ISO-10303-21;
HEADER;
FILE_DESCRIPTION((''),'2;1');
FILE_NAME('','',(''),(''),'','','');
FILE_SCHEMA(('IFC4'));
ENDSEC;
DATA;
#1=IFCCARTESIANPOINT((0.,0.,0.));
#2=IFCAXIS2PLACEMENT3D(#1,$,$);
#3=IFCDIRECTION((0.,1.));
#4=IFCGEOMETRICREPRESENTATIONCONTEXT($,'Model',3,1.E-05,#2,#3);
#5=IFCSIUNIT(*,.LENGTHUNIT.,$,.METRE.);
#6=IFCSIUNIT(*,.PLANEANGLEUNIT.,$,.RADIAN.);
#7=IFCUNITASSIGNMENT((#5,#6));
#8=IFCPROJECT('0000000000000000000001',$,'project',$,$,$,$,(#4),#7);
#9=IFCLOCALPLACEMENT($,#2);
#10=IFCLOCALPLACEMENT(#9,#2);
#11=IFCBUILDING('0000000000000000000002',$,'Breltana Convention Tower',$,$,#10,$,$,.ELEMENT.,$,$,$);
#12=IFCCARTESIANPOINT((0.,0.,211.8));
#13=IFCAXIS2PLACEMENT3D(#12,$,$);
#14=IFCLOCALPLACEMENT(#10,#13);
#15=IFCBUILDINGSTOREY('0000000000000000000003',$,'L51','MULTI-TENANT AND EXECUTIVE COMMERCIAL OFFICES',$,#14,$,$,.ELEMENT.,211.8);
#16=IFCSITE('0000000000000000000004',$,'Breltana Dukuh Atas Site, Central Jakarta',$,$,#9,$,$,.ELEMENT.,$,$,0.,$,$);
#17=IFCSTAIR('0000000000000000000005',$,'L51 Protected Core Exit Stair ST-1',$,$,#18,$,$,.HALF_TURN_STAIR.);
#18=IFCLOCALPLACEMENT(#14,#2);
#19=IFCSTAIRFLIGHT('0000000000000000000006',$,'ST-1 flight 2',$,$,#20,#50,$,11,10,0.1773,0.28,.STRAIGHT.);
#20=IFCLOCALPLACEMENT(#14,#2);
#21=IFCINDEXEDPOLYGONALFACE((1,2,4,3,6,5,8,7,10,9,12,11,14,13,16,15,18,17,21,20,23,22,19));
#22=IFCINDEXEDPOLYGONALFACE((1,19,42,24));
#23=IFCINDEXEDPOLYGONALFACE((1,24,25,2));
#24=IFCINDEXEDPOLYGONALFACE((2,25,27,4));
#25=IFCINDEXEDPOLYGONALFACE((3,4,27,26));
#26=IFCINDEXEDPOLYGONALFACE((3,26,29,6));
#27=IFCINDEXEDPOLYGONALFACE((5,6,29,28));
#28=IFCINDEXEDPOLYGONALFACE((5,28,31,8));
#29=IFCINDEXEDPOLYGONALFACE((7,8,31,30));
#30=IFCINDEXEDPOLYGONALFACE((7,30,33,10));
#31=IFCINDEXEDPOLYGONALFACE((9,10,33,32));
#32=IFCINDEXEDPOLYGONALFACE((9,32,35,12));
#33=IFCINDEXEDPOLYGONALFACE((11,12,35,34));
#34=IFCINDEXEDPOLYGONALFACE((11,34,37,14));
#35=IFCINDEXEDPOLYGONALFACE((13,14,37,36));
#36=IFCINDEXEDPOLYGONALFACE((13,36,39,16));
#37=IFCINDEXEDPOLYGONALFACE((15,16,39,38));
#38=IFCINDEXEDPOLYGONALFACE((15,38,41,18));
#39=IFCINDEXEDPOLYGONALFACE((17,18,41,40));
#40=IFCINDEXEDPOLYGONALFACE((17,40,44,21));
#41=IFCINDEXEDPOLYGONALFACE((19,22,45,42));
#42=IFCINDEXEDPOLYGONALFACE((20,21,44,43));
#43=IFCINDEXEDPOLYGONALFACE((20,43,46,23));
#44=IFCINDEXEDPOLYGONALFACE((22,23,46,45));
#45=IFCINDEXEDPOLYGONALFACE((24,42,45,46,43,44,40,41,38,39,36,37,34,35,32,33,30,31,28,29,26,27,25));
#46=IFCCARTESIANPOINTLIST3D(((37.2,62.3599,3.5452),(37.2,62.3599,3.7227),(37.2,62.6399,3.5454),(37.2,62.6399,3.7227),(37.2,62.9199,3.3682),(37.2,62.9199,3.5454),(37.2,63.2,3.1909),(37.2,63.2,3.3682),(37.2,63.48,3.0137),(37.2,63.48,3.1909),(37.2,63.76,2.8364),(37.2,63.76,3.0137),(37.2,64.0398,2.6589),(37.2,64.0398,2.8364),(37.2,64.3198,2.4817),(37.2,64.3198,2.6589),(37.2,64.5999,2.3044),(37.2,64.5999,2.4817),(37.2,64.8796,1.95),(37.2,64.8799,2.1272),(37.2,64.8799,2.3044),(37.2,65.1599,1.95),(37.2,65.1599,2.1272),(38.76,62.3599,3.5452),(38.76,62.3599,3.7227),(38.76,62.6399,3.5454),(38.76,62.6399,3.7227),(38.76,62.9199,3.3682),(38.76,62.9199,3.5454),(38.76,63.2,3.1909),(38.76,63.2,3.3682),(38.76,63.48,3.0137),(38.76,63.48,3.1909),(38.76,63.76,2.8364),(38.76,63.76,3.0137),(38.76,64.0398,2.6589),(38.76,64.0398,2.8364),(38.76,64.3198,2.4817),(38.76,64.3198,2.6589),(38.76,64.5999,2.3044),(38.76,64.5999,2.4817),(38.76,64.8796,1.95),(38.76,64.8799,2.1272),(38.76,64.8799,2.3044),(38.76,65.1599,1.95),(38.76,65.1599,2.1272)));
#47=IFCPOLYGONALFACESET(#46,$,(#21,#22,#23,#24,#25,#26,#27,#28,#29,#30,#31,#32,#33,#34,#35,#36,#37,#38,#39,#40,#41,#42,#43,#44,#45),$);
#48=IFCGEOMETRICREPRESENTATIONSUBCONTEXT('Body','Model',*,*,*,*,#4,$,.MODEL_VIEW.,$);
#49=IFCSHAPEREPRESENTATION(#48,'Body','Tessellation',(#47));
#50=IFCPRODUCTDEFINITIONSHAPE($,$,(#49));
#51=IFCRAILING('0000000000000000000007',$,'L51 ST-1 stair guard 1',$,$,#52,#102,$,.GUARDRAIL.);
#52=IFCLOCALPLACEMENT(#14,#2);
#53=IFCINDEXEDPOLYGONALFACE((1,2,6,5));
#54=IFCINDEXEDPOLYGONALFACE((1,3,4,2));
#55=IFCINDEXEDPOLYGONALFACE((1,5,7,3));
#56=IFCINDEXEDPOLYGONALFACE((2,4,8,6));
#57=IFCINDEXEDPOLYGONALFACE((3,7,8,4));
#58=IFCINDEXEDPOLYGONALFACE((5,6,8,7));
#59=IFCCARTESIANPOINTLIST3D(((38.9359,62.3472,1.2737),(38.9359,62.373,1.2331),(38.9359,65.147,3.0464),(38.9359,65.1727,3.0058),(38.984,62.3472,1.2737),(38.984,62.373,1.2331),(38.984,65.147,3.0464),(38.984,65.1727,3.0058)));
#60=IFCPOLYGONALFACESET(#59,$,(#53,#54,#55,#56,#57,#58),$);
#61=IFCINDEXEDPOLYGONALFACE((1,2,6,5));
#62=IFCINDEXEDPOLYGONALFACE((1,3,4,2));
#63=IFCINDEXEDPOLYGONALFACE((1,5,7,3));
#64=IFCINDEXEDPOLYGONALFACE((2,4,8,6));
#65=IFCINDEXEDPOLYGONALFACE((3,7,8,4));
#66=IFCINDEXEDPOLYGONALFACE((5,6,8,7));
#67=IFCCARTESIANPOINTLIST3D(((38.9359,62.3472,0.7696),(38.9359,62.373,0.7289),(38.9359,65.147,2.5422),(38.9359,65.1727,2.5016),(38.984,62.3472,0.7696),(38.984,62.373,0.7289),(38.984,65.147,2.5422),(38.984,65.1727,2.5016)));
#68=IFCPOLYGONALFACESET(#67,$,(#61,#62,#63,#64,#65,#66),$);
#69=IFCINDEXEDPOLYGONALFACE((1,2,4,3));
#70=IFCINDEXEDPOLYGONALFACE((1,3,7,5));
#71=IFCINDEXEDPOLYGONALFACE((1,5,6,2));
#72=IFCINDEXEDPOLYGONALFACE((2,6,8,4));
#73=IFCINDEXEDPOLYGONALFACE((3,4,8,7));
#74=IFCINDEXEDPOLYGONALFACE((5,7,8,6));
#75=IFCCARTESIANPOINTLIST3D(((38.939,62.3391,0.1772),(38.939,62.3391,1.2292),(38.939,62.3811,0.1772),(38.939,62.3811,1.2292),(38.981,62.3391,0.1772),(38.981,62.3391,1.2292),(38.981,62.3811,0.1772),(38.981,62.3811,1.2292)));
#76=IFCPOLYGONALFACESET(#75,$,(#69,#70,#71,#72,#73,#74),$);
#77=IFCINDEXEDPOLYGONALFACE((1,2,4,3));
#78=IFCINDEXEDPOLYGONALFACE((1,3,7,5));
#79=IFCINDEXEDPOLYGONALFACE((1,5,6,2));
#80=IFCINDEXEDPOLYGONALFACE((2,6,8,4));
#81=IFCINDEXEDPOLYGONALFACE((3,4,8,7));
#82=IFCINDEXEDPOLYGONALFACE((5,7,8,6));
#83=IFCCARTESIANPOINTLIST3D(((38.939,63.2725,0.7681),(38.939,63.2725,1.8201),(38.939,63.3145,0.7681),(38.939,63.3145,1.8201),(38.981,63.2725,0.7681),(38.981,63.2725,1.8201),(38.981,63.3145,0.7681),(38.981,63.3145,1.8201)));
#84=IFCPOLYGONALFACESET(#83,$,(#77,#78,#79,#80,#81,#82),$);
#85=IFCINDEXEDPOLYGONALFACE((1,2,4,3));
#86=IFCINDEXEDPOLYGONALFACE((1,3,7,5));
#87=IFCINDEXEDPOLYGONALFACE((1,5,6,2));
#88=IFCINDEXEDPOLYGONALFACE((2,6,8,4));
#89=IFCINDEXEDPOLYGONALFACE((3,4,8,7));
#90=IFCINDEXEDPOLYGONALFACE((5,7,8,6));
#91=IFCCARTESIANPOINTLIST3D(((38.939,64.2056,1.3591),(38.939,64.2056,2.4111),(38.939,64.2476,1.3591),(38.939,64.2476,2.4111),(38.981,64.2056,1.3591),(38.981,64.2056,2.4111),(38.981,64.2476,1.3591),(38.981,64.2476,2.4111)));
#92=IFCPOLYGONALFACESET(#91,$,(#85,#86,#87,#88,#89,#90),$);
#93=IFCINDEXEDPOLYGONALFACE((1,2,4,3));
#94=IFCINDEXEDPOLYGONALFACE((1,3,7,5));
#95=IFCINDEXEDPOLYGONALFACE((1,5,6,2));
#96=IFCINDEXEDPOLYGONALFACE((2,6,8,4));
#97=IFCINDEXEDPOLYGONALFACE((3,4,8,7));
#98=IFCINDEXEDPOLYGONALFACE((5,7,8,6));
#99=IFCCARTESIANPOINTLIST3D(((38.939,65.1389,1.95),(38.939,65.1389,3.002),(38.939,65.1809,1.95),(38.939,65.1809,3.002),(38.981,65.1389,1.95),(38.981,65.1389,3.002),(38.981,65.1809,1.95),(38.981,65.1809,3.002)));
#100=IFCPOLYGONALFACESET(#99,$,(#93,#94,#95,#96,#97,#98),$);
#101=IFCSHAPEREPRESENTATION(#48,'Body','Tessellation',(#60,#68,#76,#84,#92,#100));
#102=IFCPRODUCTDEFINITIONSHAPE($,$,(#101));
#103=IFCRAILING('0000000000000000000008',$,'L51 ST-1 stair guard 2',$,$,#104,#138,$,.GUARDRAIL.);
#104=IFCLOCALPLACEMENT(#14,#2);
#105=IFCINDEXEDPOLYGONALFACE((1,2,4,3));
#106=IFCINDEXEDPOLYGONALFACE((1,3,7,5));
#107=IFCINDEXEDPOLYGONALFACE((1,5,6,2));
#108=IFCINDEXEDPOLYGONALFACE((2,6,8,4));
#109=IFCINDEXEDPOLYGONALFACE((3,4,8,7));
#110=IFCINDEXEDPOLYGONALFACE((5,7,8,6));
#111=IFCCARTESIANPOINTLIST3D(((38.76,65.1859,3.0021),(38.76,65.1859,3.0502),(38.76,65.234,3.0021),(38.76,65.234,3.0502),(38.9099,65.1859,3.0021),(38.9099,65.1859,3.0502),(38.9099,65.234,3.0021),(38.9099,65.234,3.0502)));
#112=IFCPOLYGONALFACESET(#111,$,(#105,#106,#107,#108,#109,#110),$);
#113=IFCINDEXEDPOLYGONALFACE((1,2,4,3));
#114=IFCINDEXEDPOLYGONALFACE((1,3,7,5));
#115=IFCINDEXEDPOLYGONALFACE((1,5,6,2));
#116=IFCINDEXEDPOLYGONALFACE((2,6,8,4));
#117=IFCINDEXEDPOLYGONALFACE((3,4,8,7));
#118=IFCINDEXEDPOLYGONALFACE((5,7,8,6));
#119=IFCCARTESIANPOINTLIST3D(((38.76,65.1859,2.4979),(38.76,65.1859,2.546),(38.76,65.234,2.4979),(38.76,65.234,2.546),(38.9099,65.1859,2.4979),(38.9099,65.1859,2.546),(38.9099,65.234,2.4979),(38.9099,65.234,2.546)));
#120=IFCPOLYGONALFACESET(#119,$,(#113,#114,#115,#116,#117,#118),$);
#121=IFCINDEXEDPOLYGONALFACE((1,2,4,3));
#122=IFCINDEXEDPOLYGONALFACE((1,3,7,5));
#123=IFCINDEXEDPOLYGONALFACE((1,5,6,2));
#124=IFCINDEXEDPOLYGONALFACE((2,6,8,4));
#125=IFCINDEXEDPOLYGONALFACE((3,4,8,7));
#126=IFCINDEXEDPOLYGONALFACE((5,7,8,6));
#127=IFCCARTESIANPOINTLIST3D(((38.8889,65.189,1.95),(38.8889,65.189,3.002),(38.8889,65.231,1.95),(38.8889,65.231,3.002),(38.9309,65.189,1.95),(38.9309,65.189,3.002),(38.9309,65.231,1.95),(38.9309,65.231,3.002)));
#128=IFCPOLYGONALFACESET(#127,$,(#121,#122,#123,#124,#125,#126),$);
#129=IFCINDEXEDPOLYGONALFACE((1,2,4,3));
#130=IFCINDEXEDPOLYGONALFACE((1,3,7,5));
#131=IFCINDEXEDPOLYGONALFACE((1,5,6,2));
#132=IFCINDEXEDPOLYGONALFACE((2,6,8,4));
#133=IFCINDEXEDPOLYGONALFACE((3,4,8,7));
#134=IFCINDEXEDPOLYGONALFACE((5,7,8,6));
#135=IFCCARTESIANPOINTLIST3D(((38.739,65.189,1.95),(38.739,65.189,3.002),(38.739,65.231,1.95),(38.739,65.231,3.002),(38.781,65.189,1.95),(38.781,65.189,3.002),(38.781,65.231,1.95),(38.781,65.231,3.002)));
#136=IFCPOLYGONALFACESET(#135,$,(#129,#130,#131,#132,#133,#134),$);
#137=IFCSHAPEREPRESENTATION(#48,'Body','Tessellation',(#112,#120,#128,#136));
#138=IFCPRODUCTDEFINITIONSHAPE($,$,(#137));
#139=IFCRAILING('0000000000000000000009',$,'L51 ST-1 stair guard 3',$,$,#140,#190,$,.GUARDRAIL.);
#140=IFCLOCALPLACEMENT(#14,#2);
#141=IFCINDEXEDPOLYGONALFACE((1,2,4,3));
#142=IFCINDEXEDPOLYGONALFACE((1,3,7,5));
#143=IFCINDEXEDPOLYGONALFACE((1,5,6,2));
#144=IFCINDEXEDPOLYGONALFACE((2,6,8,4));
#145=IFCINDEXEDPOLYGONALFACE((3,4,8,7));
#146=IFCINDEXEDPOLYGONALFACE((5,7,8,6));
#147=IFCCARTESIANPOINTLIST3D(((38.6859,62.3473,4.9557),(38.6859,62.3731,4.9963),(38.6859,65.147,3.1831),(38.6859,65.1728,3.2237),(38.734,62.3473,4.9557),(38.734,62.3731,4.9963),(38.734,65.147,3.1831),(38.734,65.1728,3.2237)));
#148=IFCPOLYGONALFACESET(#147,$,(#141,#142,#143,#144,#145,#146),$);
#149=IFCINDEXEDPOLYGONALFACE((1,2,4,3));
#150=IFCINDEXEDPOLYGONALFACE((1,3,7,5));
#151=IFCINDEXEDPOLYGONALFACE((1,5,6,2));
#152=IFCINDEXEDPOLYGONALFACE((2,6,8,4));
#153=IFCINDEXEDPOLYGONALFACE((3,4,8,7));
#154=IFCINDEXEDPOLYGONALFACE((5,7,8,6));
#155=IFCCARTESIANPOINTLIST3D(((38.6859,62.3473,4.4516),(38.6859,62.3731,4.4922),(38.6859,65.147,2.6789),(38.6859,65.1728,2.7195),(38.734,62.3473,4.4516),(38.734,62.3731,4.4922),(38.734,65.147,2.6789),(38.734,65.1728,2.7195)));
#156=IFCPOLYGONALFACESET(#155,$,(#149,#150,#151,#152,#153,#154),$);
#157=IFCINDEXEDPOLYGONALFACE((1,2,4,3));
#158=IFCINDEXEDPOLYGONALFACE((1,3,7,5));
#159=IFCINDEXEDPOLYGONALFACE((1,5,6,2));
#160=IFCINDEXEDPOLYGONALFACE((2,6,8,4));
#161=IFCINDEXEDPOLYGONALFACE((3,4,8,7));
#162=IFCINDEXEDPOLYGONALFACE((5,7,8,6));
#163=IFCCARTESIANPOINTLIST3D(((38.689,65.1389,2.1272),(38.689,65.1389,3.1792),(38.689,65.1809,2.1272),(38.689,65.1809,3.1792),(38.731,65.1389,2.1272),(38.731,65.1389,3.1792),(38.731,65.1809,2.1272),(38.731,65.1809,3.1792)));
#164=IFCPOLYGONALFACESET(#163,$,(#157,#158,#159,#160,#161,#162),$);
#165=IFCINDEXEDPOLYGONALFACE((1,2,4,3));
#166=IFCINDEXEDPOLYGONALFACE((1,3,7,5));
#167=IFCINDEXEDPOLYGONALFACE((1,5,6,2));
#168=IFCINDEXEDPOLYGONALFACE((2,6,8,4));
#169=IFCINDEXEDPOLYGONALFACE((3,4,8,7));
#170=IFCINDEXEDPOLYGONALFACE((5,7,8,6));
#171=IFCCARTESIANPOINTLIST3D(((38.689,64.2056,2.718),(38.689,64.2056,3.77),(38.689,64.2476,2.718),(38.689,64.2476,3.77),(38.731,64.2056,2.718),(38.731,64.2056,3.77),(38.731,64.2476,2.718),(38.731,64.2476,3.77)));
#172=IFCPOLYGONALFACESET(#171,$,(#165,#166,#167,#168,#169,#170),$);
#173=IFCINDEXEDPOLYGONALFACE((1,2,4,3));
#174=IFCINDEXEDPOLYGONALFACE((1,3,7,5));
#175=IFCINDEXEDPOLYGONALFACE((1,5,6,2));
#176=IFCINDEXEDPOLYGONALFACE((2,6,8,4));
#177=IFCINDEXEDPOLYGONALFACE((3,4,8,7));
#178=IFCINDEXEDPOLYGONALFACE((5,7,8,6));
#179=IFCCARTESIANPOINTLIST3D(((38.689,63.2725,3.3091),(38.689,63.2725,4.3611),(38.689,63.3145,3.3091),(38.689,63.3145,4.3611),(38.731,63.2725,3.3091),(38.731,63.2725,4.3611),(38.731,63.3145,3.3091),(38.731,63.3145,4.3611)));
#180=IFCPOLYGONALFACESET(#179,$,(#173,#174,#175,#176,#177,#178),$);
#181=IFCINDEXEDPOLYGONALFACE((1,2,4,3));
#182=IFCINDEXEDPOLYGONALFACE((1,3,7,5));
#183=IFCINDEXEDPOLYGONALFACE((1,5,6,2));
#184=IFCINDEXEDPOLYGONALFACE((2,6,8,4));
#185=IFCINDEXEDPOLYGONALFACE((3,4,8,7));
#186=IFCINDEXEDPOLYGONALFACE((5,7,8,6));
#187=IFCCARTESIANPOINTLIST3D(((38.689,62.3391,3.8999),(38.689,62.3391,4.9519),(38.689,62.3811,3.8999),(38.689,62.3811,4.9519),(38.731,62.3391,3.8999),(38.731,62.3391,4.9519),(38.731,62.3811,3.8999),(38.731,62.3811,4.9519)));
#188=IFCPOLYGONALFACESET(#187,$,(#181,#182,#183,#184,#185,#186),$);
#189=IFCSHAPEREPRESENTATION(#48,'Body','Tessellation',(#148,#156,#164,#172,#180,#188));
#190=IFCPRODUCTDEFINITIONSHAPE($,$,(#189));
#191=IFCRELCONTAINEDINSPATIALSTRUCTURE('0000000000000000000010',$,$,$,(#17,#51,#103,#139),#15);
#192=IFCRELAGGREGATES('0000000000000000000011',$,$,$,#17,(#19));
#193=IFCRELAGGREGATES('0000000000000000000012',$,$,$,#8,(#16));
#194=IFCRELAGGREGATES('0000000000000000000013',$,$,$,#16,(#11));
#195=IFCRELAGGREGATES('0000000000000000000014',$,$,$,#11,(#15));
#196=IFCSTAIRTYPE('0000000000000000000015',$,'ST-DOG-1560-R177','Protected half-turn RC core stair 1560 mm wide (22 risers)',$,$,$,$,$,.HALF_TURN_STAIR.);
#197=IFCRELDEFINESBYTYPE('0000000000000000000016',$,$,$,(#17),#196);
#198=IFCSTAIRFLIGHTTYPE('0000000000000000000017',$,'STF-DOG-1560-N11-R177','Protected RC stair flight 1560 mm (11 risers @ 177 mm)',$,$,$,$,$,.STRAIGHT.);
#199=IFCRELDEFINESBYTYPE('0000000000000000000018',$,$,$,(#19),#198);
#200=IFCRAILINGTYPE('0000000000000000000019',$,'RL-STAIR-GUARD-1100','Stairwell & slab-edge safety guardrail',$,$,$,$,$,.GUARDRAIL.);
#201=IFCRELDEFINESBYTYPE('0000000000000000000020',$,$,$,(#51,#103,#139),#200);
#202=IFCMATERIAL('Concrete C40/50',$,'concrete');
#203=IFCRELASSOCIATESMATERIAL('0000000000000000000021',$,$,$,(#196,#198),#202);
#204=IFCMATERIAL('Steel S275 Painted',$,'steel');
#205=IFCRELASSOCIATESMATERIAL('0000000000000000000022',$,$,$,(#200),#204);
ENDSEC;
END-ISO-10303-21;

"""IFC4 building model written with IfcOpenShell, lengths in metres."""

from ifc_helpers import new_model, si_unit, direction, frame, origin, origin_2d, place, context, subcontext, project, spatial, polyline, rectangle, outline, extrude, material, type_object, element, aggregate, save


model = new_model("IFC4")

# Units and contexts
model_context = context("Model", 3, precision=1e-05, world=origin(), true_north=direction((0.0, 1.0)))
body_context = subcontext(model_context, "Body", "Model", "MODEL_VIEW")
ifc_project = project(units=[si_unit("LENGTHUNIT", "METRE"), si_unit("PLANEANGLEUNIT", "RADIAN")], contexts=[model_context])

# Site, building, storey
site_placement = place(None, origin())
site = spatial("IfcSite", under=ifc_project, at=site_placement, Name="Breltana Dukuh Atas Site, Central Jakarta", CompositionType="ELEMENT", RefElevation=0.0)
building_placement = place(site_placement, origin())
building = spatial("IfcBuilding", under=site, at=building_placement, Name="Breltana Convention Tower", CompositionType="ELEMENT")
storey_placement = place(building_placement, frame((0.0, 0.0, 211.8)))
storey = spatial("IfcBuildingStorey", under=building, at=storey_placement, Name="L51", Description="MULTI-TENANT AND EXECUTIVE COMMERCIAL OFFICES", CompositionType="ELEMENT", Elevation=211.8)

# Stair, stair flight
ifc_material_1 = material(Name="Concrete C40/50", Category="concrete")
stair_type = type_object("IfcStairType", Name="ST-DOG-1560-R177", Description="Protected half-turn RC core stair 1560 mm wide (22 risers)", PredefinedType="HALF_TURN_STAIR", material=ifc_material_1)
stair_placement = place(storey_placement, origin())
stair = element("IfcStair", 1, at=stair_placement, inside=storey, type_object=stair_type, Name="L51 Protected Core Exit Stair ST-1", PredefinedType="HALF_TURN_STAIR")
stair_flight_type = type_object("IfcStairFlightType", Name="STF-DOG-1560-N11-R177", Description="Protected RC stair flight 1560 mm (11 risers @ 177 mm)", PredefinedType="STRAIGHT", material=ifc_material_1)
stair_flight_1_placement = place(storey_placement, frame((37.98, 65.1599, 1.95), z_axis=(0.0, 0.0, 1.0), x_axis=(0.0, -1.0, 0.0)))
stair_flight_1 = element("IfcStairFlight", 2, at=stair_flight_1_placement, type_object=stair_flight_type, Name="ST-1 flight 2", NumberOfRisers=11, NumberOfTreads=10, PredefinedType="STRAIGHT", RiserHeight=0.1773, TreadLength=0.28, context=body_context, shape_type="SweptSolid", body=[
    extrude(outline(polyline([(0.0, 0.0), (0.0, 0.1772), (0.28, 0.1772), (0.28, 0.3545), (0.5601, 0.3545), (0.5601, 0.5317), (0.8401, 0.5317), (0.8401, 0.709), (1.1201, 0.709), (1.1201, 0.8865), (1.3999, 0.8865), (1.3999, 1.0637), (1.6799, 1.0637), (1.6799, 1.241), (1.96, 1.241), (1.96, 1.4182), (2.24, 1.4182), (2.24, 1.5955), (2.52, 1.5955), (2.52, 1.7727), (2.8, 1.7727), (2.8, 1.95), (2.8, 1.5952), (0.2803, 0.0), (0.0, 0.0)])), frame((0.0, 0.78, 0.0), z_axis=(0.0, -1.0, 0.0), x_axis=(1.0, 0.0, 0.0)), (0.0, 0.0, 1.0), 1.5601),
])
aggregate(stair, [stair_flight_1])

# Railings
ifc_material_2 = material(Name="Steel S275 Painted", Category="steel")
railing_type_1 = type_object("IfcRailingType", Name="RL-STAIR-GUARD-1100", Description="Stairwell & slab-edge safety guardrail", PredefinedType="GUARDRAIL", material=ifc_material_2)
railing_1_placement = place(storey_placement, frame((38.96, 62.3601, 0.1772)))
element("IfcRailing", 3, at=railing_1_placement, inside=storey, type_object=railing_type_1, Name="L51 ST-1 stair guard 1", PredefinedType="GUARDRAIL", context=body_context, shape_type="SweptSolid", body=[
    extrude(rectangle(XDim=0.0481, YDim=0.0481, at=origin_2d()), frame((0.0, 0.0, 1.0762), z_axis=(0.0, 0.844888, 0.534943), x_axis=(-1.0, 0.0, 0.0)), (0.0, 0.0, 1.0), 3.3137),
    extrude(rectangle(XDim=0.0481, YDim=0.0481, at=origin_2d()), frame((0.0, 0.0, 0.572), z_axis=(0.0, 0.844888, 0.534943), x_axis=(-1.0, 0.0, 0.0)), (0.0, 0.0, 1.0), 3.3137),
    extrude(rectangle(XDim=0.042, YDim=0.042, at=origin_2d()), origin(), (0.0, 0.0, 1.0), 1.052),
    extrude(rectangle(XDim=0.042, YDim=0.042, at=origin_2d()), frame((0.0, 0.9333, 0.5908)), (0.0, 0.0, 1.0), 1.052),
    extrude(rectangle(XDim=0.042, YDim=0.042, at=origin_2d()), frame((0.0, 1.8665, 1.1819)), (0.0, 0.0, 1.0), 1.052),
    extrude(rectangle(XDim=0.042, YDim=0.042, at=origin_2d()), frame((0.0, 2.7998, 1.7727)), (0.0, 0.0, 1.0), 1.052),
])
railing_2_placement = place(storey_placement, frame((38.9099, 65.21, 1.95)))
element("IfcRailing", 4, at=railing_2_placement, inside=storey, type_object=railing_type_1, Name="L51 ST-1 stair guard 2", PredefinedType="GUARDRAIL", context=body_context, shape_type="SweptSolid", body=[
    extrude(rectangle(XDim=0.0481, YDim=0.0481, at=origin_2d()), frame((0.0, 0.0, 1.0762), z_axis=(-1.0, 0.0, 0.0), x_axis=(0.0, -1.0, 0.0)), (0.0, 0.0, 1.0), 0.1499),
    extrude(rectangle(XDim=0.0481, YDim=0.0481, at=origin_2d()), frame((0.0, 0.0, 0.572), z_axis=(-1.0, 0.0, 0.0), x_axis=(0.0, -1.0, 0.0)), (0.0, 0.0, 1.0), 0.1499),
    extrude(rectangle(XDim=0.042, YDim=0.042, at=origin_2d()), origin(), (0.0, 0.0, 1.0), 1.052),
    extrude(rectangle(XDim=0.042, YDim=0.042, at=origin_2d()), frame((-0.1499, 0.0, 0.0)), (0.0, 0.0, 1.0), 1.052),
])
railing_3_placement = place(storey_placement, frame((38.71, 65.1599, 2.1272)))
element("IfcRailing", 5, at=railing_3_placement, inside=storey, type_object=railing_type_1, Name="L51 ST-1 stair guard 3", PredefinedType="GUARDRAIL", context=body_context, shape_type="SweptSolid", body=[
    extrude(rectangle(XDim=0.0481, YDim=0.0481, at=origin_2d()), frame((0.0, 0.0, 1.0762), z_axis=(0.0, -0.844888, 0.534943), x_axis=(1.0, 0.0, 0.0)), (0.0, 0.0, 1.0), 3.3137),
    extrude(rectangle(XDim=0.0481, YDim=0.0481, at=origin_2d()), frame((0.0, 0.0, 0.572), z_axis=(0.0, -0.844888, 0.534943), x_axis=(1.0, 0.0, 0.0)), (0.0, 0.0, 1.0), 3.3137),
    extrude(rectangle(XDim=0.042, YDim=0.042, at=origin_2d()), origin(), (0.0, 0.0, 1.0), 1.052),
    extrude(rectangle(XDim=0.042, YDim=0.042, at=origin_2d()), frame((0.0, -0.9333, 0.5908)), (0.0, 0.0, 1.0), 1.052),
    extrude(rectangle(XDim=0.042, YDim=0.042, at=origin_2d()), frame((0.0, -1.8665, 1.1819)), (0.0, 0.0, 1.0), 1.052),
    extrude(rectangle(XDim=0.042, YDim=0.042, at=origin_2d()), frame((0.0, -2.7998, 1.7727)), (0.0, 0.0, 1.0), 1.052),
])

save(model, "model.ifc")
